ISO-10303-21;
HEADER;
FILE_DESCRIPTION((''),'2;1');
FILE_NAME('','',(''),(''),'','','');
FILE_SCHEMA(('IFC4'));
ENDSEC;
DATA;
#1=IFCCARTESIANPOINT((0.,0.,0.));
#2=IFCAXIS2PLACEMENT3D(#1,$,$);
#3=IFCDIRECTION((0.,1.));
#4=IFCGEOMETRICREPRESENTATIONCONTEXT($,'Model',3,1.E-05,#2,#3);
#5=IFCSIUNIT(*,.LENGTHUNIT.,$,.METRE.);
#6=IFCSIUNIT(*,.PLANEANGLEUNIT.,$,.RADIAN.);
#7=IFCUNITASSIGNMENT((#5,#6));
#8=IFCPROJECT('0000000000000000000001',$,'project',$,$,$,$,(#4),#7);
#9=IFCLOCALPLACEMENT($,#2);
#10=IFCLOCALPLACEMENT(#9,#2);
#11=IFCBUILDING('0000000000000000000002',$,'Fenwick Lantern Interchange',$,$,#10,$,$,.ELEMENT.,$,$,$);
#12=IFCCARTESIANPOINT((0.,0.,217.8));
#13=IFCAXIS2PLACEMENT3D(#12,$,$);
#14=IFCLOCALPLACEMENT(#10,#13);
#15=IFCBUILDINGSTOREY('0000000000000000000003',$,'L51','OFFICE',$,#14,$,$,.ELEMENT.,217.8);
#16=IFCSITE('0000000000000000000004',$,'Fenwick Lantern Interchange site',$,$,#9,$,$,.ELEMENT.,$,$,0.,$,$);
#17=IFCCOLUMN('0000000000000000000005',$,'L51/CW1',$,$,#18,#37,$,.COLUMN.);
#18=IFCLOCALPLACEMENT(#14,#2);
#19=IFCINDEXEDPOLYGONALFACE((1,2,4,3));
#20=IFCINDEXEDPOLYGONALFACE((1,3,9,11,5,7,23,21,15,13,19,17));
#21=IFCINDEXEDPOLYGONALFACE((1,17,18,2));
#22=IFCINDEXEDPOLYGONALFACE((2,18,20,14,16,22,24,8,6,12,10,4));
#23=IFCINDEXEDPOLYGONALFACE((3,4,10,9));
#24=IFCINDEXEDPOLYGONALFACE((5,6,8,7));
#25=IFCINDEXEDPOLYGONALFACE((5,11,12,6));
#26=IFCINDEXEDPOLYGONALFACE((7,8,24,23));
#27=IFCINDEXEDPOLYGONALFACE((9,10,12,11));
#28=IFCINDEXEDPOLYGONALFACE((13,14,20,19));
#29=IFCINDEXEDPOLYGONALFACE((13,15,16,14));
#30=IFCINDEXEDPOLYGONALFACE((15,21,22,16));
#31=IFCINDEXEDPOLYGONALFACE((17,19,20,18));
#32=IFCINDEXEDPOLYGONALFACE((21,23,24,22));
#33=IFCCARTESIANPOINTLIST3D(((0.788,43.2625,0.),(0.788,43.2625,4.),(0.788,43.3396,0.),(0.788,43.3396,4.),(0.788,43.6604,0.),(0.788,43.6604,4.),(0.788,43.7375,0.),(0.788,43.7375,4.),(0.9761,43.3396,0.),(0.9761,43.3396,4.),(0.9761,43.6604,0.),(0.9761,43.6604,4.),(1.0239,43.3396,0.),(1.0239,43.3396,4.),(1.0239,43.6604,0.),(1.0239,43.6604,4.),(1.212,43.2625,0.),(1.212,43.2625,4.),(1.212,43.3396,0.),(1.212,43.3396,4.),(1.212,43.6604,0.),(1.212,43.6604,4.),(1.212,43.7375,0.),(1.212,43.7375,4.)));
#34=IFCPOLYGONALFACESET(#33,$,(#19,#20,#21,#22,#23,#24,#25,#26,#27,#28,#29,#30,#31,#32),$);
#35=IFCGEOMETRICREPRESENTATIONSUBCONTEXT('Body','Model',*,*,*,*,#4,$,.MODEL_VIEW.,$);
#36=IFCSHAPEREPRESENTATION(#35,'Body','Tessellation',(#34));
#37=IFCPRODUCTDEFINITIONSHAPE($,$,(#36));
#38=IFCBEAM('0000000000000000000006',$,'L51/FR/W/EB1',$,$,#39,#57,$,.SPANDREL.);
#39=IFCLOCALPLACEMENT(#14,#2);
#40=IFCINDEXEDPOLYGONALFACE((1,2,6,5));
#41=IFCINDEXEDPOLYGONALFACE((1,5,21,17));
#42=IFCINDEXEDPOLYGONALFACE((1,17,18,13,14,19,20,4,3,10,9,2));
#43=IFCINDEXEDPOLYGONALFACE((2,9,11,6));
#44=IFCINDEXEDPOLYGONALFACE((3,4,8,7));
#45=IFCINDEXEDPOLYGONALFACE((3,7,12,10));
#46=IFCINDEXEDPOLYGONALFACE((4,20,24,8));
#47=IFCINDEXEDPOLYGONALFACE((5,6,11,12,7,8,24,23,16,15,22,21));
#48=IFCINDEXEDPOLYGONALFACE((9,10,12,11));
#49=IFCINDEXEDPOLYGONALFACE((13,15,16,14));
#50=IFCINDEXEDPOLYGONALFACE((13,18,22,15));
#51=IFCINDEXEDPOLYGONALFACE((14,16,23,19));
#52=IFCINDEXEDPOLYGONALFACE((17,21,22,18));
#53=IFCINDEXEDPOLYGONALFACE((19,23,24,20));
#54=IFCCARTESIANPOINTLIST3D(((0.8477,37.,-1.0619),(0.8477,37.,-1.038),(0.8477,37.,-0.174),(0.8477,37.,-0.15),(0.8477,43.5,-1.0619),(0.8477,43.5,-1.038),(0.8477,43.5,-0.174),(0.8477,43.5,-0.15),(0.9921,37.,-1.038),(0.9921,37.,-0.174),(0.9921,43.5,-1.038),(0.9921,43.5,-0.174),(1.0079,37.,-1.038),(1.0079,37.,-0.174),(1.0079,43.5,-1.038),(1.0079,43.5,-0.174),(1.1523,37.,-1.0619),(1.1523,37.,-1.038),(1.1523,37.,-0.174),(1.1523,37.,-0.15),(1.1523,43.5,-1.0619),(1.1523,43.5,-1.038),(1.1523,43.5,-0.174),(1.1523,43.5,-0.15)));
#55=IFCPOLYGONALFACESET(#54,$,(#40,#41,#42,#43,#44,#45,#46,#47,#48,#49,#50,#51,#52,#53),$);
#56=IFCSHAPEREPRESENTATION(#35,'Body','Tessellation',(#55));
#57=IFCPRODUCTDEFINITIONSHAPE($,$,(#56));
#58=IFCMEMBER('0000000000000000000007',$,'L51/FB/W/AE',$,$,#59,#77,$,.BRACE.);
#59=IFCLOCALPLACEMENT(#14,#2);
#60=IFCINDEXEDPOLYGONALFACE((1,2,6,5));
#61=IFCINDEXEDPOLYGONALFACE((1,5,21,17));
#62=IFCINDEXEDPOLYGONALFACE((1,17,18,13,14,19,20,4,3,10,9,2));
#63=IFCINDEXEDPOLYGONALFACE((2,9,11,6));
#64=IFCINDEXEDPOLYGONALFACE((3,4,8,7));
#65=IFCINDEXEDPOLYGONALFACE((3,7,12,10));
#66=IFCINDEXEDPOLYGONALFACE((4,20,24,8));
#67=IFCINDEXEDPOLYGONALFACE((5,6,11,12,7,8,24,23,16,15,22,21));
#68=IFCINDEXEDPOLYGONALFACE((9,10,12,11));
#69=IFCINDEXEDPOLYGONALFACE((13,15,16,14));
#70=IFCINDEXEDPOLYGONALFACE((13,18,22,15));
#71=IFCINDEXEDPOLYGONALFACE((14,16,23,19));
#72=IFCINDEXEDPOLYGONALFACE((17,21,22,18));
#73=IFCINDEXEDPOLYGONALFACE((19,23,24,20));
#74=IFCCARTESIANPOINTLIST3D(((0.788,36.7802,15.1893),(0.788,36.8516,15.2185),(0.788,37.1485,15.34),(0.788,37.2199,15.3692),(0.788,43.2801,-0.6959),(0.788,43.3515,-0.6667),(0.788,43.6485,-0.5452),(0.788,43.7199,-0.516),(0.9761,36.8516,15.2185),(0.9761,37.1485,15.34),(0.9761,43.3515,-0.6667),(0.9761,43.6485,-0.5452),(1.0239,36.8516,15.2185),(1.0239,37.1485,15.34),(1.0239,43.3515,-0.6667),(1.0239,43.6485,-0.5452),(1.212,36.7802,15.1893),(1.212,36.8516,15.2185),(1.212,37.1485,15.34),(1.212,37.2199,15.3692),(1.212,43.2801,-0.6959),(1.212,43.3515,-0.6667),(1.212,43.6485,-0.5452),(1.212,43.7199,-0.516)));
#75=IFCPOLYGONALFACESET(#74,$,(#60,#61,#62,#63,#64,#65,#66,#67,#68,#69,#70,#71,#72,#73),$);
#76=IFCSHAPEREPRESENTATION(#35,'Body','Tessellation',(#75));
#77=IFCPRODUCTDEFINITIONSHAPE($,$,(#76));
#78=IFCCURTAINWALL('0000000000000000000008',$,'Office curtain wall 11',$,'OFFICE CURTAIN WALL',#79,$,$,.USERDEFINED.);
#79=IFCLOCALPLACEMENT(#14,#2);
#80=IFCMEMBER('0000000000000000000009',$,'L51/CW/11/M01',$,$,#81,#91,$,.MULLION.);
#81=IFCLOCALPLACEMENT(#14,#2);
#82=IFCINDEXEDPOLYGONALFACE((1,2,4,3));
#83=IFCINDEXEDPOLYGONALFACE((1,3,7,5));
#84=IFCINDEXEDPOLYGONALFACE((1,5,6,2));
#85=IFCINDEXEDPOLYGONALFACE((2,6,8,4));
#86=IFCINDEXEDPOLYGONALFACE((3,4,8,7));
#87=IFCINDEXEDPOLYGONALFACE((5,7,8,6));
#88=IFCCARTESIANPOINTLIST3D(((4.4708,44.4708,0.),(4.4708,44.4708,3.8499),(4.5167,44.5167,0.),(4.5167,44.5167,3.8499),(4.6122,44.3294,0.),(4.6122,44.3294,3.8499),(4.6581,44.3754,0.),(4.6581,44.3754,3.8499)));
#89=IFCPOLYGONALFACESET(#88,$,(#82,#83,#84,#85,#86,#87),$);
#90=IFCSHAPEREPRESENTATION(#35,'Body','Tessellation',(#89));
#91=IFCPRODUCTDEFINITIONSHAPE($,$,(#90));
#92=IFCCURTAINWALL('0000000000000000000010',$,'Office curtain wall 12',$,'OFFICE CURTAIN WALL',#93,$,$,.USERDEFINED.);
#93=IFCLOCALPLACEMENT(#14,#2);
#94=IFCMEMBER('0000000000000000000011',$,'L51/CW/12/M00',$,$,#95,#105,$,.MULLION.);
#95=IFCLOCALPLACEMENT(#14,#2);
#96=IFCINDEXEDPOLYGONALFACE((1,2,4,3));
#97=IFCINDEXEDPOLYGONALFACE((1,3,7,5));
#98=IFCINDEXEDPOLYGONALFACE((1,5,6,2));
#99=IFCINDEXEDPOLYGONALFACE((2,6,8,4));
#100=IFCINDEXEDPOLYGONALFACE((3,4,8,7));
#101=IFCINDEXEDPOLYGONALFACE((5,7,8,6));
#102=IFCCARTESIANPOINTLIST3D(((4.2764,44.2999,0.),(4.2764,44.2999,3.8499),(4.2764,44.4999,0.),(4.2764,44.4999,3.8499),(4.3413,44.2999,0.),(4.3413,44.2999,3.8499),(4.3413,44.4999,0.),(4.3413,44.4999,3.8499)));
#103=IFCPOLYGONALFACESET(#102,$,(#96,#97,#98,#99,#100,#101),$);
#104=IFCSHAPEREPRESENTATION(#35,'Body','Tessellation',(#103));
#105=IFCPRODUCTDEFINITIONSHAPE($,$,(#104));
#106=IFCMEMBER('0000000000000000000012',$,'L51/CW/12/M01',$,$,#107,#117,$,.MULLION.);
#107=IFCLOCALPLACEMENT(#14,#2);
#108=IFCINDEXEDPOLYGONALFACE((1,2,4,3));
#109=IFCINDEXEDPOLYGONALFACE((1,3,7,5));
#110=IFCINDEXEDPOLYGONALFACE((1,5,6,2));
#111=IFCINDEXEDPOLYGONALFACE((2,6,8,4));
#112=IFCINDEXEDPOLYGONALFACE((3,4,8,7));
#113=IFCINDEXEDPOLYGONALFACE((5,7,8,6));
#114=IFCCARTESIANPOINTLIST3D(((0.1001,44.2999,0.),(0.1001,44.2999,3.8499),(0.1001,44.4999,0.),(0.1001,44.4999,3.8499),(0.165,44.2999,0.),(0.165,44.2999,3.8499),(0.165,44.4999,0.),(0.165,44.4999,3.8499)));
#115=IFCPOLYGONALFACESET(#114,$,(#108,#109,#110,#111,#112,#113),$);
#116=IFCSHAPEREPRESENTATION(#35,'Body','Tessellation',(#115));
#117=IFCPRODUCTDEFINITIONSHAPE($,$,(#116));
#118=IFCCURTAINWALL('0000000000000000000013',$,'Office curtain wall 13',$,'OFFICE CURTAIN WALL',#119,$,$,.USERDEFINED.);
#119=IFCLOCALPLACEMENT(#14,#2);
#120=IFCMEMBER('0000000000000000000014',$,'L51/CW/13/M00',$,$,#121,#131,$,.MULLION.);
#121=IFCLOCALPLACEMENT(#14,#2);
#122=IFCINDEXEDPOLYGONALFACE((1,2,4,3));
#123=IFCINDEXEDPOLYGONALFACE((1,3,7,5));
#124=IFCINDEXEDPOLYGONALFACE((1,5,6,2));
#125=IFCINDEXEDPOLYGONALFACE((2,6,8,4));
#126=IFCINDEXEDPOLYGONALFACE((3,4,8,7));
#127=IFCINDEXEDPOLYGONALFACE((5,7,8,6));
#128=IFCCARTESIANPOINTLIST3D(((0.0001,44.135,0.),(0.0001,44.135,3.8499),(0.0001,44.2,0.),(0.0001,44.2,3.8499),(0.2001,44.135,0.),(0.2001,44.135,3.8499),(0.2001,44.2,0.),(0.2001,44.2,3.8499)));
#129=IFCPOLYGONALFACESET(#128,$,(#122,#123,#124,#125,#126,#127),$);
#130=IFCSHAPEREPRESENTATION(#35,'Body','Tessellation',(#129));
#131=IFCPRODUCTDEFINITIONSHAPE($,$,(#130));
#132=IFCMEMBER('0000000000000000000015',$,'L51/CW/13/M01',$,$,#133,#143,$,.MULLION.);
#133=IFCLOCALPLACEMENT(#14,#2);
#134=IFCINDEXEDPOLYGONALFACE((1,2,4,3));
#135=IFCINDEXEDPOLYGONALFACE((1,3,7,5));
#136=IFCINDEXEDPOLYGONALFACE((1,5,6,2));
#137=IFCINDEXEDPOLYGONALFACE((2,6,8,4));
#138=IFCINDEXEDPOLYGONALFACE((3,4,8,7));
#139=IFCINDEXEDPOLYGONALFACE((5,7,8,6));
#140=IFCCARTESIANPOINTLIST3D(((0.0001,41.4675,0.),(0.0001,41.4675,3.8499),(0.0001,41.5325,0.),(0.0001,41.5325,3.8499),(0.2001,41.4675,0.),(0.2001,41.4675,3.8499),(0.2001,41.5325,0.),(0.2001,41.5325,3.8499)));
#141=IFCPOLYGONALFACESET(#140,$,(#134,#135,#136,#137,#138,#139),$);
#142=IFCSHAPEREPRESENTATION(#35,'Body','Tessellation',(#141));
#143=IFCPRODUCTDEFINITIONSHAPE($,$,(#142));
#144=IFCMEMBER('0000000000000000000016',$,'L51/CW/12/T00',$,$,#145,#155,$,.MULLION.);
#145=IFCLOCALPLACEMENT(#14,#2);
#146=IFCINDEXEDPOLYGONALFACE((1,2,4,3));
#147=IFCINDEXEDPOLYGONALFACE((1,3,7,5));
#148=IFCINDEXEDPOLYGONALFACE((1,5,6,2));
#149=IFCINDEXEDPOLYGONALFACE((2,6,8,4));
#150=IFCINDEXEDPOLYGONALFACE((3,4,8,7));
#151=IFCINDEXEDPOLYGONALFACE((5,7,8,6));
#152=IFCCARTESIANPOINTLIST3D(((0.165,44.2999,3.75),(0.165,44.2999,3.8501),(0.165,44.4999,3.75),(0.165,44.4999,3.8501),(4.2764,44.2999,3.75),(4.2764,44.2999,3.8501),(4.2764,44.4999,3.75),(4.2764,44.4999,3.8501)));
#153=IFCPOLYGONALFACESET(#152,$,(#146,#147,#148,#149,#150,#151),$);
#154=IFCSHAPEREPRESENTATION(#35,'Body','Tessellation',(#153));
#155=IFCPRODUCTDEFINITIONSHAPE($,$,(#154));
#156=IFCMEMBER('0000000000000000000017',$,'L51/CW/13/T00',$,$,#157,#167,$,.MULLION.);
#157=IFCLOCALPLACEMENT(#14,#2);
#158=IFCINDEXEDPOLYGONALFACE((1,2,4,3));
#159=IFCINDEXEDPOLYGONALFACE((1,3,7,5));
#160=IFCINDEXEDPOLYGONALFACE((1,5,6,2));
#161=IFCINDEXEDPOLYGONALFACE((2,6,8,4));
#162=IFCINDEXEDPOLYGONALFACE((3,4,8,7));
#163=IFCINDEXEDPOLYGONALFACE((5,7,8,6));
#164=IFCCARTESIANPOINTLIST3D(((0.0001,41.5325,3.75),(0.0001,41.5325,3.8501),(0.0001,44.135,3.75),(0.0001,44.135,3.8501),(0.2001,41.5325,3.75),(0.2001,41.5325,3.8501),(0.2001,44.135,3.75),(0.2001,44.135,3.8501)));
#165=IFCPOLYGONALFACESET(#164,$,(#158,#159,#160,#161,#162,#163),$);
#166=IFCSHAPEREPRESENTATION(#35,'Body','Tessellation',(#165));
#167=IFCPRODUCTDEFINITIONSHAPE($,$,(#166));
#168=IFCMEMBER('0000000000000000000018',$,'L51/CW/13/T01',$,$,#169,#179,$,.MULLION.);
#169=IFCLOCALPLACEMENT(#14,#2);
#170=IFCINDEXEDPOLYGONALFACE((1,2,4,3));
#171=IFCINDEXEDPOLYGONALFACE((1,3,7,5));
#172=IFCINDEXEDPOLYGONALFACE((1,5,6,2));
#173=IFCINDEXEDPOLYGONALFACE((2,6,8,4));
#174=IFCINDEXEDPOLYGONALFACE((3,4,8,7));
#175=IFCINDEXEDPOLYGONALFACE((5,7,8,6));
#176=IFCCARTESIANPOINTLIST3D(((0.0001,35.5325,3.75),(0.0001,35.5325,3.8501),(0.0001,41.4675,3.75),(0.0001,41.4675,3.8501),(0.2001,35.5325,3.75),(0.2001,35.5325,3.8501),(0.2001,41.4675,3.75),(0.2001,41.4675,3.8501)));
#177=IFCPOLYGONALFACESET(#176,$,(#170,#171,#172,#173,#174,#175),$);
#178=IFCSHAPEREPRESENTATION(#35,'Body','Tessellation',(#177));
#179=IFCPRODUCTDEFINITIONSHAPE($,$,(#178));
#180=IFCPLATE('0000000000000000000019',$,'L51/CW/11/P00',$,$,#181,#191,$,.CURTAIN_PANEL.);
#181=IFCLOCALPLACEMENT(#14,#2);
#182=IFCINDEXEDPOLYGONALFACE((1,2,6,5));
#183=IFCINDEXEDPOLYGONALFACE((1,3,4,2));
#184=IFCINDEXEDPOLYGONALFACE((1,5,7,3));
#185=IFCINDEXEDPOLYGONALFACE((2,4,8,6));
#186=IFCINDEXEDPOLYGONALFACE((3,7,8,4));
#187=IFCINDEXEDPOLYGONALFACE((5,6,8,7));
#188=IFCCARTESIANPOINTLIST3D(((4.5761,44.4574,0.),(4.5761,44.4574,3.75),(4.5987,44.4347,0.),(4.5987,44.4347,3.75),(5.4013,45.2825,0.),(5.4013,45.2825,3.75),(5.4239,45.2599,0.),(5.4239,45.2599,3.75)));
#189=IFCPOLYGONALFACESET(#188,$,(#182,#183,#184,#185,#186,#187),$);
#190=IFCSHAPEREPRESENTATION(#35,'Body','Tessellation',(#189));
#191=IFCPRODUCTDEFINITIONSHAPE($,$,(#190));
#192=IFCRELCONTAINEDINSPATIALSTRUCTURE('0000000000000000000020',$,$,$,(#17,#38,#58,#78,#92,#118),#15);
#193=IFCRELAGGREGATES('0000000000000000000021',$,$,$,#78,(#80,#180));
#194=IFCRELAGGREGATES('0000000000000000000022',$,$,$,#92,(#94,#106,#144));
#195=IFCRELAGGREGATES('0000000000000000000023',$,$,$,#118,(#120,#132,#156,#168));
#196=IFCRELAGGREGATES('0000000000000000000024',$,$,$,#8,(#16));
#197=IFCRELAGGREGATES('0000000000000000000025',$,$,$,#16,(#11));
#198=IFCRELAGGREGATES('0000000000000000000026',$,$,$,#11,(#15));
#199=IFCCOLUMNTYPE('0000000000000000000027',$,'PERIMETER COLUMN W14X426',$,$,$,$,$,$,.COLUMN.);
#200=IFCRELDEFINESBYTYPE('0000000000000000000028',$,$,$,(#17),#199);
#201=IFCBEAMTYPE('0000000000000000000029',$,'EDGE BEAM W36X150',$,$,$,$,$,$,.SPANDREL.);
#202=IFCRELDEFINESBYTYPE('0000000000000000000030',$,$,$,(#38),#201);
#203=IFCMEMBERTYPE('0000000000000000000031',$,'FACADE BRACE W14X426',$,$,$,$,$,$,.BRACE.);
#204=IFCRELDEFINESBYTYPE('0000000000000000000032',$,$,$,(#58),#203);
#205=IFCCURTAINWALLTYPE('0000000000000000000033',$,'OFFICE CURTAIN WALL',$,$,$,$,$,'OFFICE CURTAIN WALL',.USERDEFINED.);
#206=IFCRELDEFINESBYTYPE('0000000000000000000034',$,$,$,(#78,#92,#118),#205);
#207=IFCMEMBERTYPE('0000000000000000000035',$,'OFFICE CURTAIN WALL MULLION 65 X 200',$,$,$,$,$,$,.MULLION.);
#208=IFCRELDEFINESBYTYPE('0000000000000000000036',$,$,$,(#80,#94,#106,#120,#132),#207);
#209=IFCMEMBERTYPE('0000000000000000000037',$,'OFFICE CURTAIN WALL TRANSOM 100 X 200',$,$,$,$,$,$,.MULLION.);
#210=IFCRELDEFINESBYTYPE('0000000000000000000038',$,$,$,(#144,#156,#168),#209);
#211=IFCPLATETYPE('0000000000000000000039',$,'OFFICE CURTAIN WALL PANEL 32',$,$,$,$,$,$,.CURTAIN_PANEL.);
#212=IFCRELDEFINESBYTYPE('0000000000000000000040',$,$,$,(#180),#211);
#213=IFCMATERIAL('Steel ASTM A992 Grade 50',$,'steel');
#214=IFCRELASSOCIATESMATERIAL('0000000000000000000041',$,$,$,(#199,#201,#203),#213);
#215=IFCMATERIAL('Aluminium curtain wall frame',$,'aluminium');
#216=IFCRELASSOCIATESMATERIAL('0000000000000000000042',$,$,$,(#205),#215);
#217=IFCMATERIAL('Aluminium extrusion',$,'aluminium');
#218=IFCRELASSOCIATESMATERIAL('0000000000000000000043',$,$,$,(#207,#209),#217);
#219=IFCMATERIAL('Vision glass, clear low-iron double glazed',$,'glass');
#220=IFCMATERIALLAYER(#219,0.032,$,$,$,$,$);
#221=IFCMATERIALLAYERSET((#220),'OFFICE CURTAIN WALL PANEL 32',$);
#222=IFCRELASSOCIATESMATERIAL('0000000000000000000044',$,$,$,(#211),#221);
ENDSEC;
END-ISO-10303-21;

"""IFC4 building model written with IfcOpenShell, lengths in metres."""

from ifc_helpers import new_model, si_unit, direction, frame, origin, origin_2d, place, context, subcontext, project, spatial, rectangle, i_section, extrude, material, layer, layer_set, material_profile, profile_set, type_object, element, aggregate, save


model = new_model("IFC4")

# Units and contexts
model_context = context("Model", 3, precision=1e-05, world=origin(), true_north=direction((0.0, 1.0)))
body_context = subcontext(model_context, "Body", "Model", "MODEL_VIEW")
ifc_project = project(units=[si_unit("LENGTHUNIT", "METRE"), si_unit("PLANEANGLEUNIT", "RADIAN")], contexts=[model_context])

# Site, building, storey
site_placement = place(None, origin())
site = spatial("IfcSite", under=ifc_project, at=site_placement, Name="Fenwick Lantern Interchange site", CompositionType="ELEMENT", RefElevation=0.0)
building_placement = place(site_placement, origin())
building = spatial("IfcBuilding", under=site, at=building_placement, Name="Fenwick Lantern Interchange", CompositionType="ELEMENT")
storey_placement = place(building_placement, frame((0.0, 0.0, 217.8)))
storey = spatial("IfcBuildingStorey", under=building, at=storey_placement, Name="L51", Description="OFFICE", CompositionType="ELEMENT", Elevation=217.8)

# Column
ifc_material_1 = material(Name="Steel ASTM A992 Grade 50", Category="steel")
ifc_material_profile_1 = material_profile(ifc_material_1, i_section(OverallWidth=0.4241, OverallDepth=0.4751, WebThickness=0.0479, FlangeThickness=0.0771, at=origin_2d()), Name="W14X426")
ifc_profile_set_1 = profile_set([ifc_material_profile_1], Name="Steel ASTM A992 Grade 50")
column_type = type_object("IfcColumnType", Name="PERIMETER COLUMN W14X426", PredefinedType="COLUMN", material=ifc_profile_set_1)
column_placement = place(storey_placement, frame((1.0, 43.5, 0.0), z_axis=(0.0, 0.0, 1.0), x_axis=(1.0, 0.0, 0.0)))
element("IfcColumn", 1, at=column_placement, inside=storey, type_object=column_type, Name="L51/CW1", PredefinedType="COLUMN", context=body_context, shape_type="SweptSolid", body=[
    extrude(i_section(OverallWidth=0.4241, OverallDepth=0.4751, WebThickness=0.0479, FlangeThickness=0.0771, at=origin_2d()), origin(), (0.0, 0.0, 1.0), 4.0),
])

# Beam
ifc_material_profile_2 = material_profile(ifc_material_1, i_section(OverallWidth=0.3047, OverallDepth=0.9119, WebThickness=0.0159, FlangeThickness=0.0239, at=origin_2d()), Name="W36X150")
ifc_profile_set_2 = profile_set([ifc_material_profile_2], Name="Steel ASTM A992 Grade 50")
beam_type = type_object("IfcBeamType", Name="EDGE BEAM W36X150", PredefinedType="SPANDREL", material=ifc_profile_set_2)
beam_placement = place(storey_placement, frame((1.0, 43.5, -0.606), z_axis=(0.0, -1.0, 0.0), x_axis=(1.0, 0.0, 0.0)))
element("IfcBeam", 2, at=beam_placement, inside=storey, type_object=beam_type, Name="L51/FR/W/EB1", PredefinedType="SPANDREL", context=body_context, shape_type="SweptSolid", body=[
    extrude(i_section(OverallWidth=0.3047, OverallDepth=0.9119, WebThickness=0.0159, FlangeThickness=0.0239, at=origin_2d()), origin(), (0.0, 0.0, 1.0), 6.5),
])

# Member
ifc_material_profile_3 = material_profile(ifc_material_1, i_section(OverallWidth=0.4241, OverallDepth=0.4751, WebThickness=0.0479, FlangeThickness=0.0771, at=origin_2d()), Name="W14X426")
ifc_profile_set_3 = profile_set([ifc_material_profile_3], Name="Steel ASTM A992 Grade 50")
member_type_1 = type_object("IfcMemberType", Name="FACADE BRACE W14X426", PredefinedType="BRACE", material=ifc_profile_set_3)
member_1_placement = place(storey_placement, frame((1.0, 43.5, -0.606), z_axis=(0.0, -0.378707, 0.925517), x_axis=(1.0, 0.0, 0.0)))
element("IfcMember", 3, at=member_1_placement, inside=storey, type_object=member_type_1, Name="L51/FB/W/AE", PredefinedType="BRACE", context=body_context, shape_type="SweptSolid", body=[
    extrude(i_section(OverallWidth=0.4241, OverallDepth=0.4751, WebThickness=0.0479, FlangeThickness=0.0771, at=origin_2d()), origin(), (0.0, 0.0, 1.0), 17.1636),
])

# Curtain wall, member
ifc_material_2 = material(Name="Aluminium curtain wall frame", Category="aluminium")
curtain_wall_type = type_object("IfcCurtainWallType", Name="OFFICE CURTAIN WALL", ElementType="OFFICE CURTAIN WALL", PredefinedType="USERDEFINED", material=ifc_material_2)
curtain_wall_1_placement = place(storey_placement, origin())
curtain_wall_1 = element("IfcCurtainWall", 4, at=curtain_wall_1_placement, inside=storey, type_object=curtain_wall_type, Name="Office curtain wall 11", ObjectType="OFFICE CURTAIN WALL", PredefinedType="USERDEFINED")
ifc_material_3 = material(Name="Aluminium extrusion", Category="aluminium")
ifc_material_profile_4 = material_profile(ifc_material_3, rectangle(XDim=0.2, YDim=0.0649, at=origin_2d()), Name="OFFICE CURTAIN WALL MULLION 65 X 200")
ifc_profile_set_4 = profile_set([ifc_material_profile_4], Name="Aluminium extrusion")
member_type_2 = type_object("IfcMemberType", Name="OFFICE CURTAIN WALL MULLION 65 X 200", PredefinedType="MULLION", material=ifc_profile_set_4)
member_2_placement = place(storey_placement, frame((4.5645, 44.4231, 0.0), z_axis=(0.0, 0.0, 1.0), x_axis=(0.707107, -0.707107, 0.0)))
member_2 = element("IfcMember", 5, at=member_2_placement, type_object=member_type_2, Name="L51/CW/11/M01", PredefinedType="MULLION", context=body_context, shape_type="SweptSolid", body=[
    extrude(rectangle(XDim=0.2, YDim=0.0649, at=origin_2d()), origin(), (0.0, 0.0, 1.0), 3.8499),
])

# Curtain walls, members
curtain_wall_2_placement = place(storey_placement, origin())
curtain_wall_2 = element("IfcCurtainWall", 6, at=curtain_wall_2_placement, inside=storey, type_object=curtain_wall_type, Name="Office curtain wall 12", ObjectType="OFFICE CURTAIN WALL", PredefinedType="USERDEFINED")
member_3_placement = place(storey_placement, frame((4.3088, 44.3999, 0.0), z_axis=(0.0, 0.0, 1.0), x_axis=(0.0, -1.0, 0.0)))
member_3 = element("IfcMember", 7, at=member_3_placement, type_object=member_type_2, Name="L51/CW/12/M00", PredefinedType="MULLION", context=body_context, shape_type="SweptSolid", body=[
    extrude(rectangle(XDim=0.2, YDim=0.0649, at=origin_2d()), origin(), (0.0, 0.0, 1.0), 3.8499),
])
member_4_placement = place(storey_placement, frame((0.1326, 44.3999, 0.0), z_axis=(0.0, 0.0, 1.0), x_axis=(0.0, -1.0, 0.0)))
member_4 = element("IfcMember", 8, at=member_4_placement, type_object=member_type_2, Name="L51/CW/12/M01", PredefinedType="MULLION", context=body_context, shape_type="SweptSolid", body=[
    extrude(rectangle(XDim=0.2, YDim=0.0649, at=origin_2d()), origin(), (0.0, 0.0, 1.0), 3.8499),
])
curtain_wall_3_placement = place(storey_placement, origin())
curtain_wall_3 = element("IfcCurtainWall", 9, at=curtain_wall_3_placement, inside=storey, type_object=curtain_wall_type, Name="Office curtain wall 13", ObjectType="OFFICE CURTAIN WALL", PredefinedType="USERDEFINED")
member_5_placement = place(storey_placement, frame((0.1001, 44.1675, 0.0), z_axis=(0.0, 0.0, 1.0), x_axis=(1.0, 0.0, 0.0)))
member_5 = element("IfcMember", 10, at=member_5_placement, type_object=member_type_2, Name="L51/CW/13/M00", PredefinedType="MULLION", context=body_context, shape_type="SweptSolid", body=[
    extrude(rectangle(XDim=0.2, YDim=0.0649, at=origin_2d()), origin(), (0.0, 0.0, 1.0), 3.8499),
])
member_6_placement = place(storey_placement, frame((0.1001, 41.5, 0.0), z_axis=(0.0, 0.0, 1.0), x_axis=(1.0, 0.0, 0.0)))
member_6 = element("IfcMember", 11, at=member_6_placement, type_object=member_type_2, Name="L51/CW/13/M01", PredefinedType="MULLION", context=body_context, shape_type="SweptSolid", body=[
    extrude(rectangle(XDim=0.2, YDim=0.0649, at=origin_2d()), origin(), (0.0, 0.0, 1.0), 3.8499),
])

# Members
ifc_material_profile_5 = material_profile(ifc_material_3, rectangle(XDim=0.2, YDim=0.1001, at=origin_2d()), Name="OFFICE CURTAIN WALL TRANSOM 100 X 200")
ifc_profile_set_5 = profile_set([ifc_material_profile_5], Name="Aluminium extrusion")
member_type_3 = type_object("IfcMemberType", Name="OFFICE CURTAIN WALL TRANSOM 100 X 200", PredefinedType="MULLION", material=ifc_profile_set_5)
member_7_placement = place(storey_placement, frame((4.2764, 44.3999, 3.8), z_axis=(-1.0, 0.0, 0.0), x_axis=(0.0, -1.0, 0.0)))
member_7 = element("IfcMember", 12, at=member_7_placement, type_object=member_type_3, Name="L51/CW/12/T00", PredefinedType="MULLION", context=body_context, shape_type="SweptSolid", body=[
    extrude(rectangle(XDim=0.2, YDim=0.1001, at=origin_2d()), origin(), (0.0, 0.0, 1.0), 4.1113),
])
member_8_placement = place(storey_placement, frame((0.1001, 44.135, 3.8), z_axis=(0.0, -1.0, 0.0), x_axis=(1.0, 0.0, 0.0)))
member_8 = element("IfcMember", 13, at=member_8_placement, type_object=member_type_3, Name="L51/CW/13/T00", PredefinedType="MULLION", context=body_context, shape_type="SweptSolid", body=[
    extrude(rectangle(XDim=0.2, YDim=0.1001, at=origin_2d()), origin(), (0.0, 0.0, 1.0), 2.6025),
])
member_9_placement = place(storey_placement, frame((0.1001, 41.4675, 3.8), z_axis=(0.0, -1.0, 0.0), x_axis=(1.0, 0.0, 0.0)))
member_9 = element("IfcMember", 14, at=member_9_placement, type_object=member_type_3, Name="L51/CW/13/T01", PredefinedType="MULLION", context=body_context, shape_type="SweptSolid", body=[
    extrude(rectangle(XDim=0.2, YDim=0.1001, at=origin_2d()), origin(), (0.0, 0.0, 1.0), 5.9351),
])

# Plate
ifc_material_4 = material(Name="Vision glass, clear low-iron double glazed", Category="glass")
ifc_layer_1 = layer(ifc_material_4, 0.032)
ifc_layer_set_1 = layer_set([ifc_layer_1], Name="OFFICE CURTAIN WALL PANEL 32")
plate_type = type_object("IfcPlateType", Name="OFFICE CURTAIN WALL PANEL 32", PredefinedType="CURTAIN_PANEL", material=ifc_layer_set_1)
plate_1_placement = place(storey_placement, frame((5.0, 44.8586, 0.0), z_axis=(0.0, 0.0, 1.0), x_axis=(-0.707107, -0.707107, 0.0)))
plate_1 = element("IfcPlate", 15, at=plate_1_placement, type_object=plate_type, Name="L51/CW/11/P00", PredefinedType="CURTAIN_PANEL", context=body_context, shape_type="SweptSolid", body=[
    extrude(rectangle(XDim=1.167, YDim=0.032, at=origin_2d()), origin(), (0.0, 0.0, 1.0), 3.75),
])
aggregate(curtain_wall_1, [member_2, plate_1])
aggregate(curtain_wall_2, [member_3, member_4, member_7])
aggregate(curtain_wall_3, [member_5, member_6, member_8, member_9])

save(model, "model.ifc")
